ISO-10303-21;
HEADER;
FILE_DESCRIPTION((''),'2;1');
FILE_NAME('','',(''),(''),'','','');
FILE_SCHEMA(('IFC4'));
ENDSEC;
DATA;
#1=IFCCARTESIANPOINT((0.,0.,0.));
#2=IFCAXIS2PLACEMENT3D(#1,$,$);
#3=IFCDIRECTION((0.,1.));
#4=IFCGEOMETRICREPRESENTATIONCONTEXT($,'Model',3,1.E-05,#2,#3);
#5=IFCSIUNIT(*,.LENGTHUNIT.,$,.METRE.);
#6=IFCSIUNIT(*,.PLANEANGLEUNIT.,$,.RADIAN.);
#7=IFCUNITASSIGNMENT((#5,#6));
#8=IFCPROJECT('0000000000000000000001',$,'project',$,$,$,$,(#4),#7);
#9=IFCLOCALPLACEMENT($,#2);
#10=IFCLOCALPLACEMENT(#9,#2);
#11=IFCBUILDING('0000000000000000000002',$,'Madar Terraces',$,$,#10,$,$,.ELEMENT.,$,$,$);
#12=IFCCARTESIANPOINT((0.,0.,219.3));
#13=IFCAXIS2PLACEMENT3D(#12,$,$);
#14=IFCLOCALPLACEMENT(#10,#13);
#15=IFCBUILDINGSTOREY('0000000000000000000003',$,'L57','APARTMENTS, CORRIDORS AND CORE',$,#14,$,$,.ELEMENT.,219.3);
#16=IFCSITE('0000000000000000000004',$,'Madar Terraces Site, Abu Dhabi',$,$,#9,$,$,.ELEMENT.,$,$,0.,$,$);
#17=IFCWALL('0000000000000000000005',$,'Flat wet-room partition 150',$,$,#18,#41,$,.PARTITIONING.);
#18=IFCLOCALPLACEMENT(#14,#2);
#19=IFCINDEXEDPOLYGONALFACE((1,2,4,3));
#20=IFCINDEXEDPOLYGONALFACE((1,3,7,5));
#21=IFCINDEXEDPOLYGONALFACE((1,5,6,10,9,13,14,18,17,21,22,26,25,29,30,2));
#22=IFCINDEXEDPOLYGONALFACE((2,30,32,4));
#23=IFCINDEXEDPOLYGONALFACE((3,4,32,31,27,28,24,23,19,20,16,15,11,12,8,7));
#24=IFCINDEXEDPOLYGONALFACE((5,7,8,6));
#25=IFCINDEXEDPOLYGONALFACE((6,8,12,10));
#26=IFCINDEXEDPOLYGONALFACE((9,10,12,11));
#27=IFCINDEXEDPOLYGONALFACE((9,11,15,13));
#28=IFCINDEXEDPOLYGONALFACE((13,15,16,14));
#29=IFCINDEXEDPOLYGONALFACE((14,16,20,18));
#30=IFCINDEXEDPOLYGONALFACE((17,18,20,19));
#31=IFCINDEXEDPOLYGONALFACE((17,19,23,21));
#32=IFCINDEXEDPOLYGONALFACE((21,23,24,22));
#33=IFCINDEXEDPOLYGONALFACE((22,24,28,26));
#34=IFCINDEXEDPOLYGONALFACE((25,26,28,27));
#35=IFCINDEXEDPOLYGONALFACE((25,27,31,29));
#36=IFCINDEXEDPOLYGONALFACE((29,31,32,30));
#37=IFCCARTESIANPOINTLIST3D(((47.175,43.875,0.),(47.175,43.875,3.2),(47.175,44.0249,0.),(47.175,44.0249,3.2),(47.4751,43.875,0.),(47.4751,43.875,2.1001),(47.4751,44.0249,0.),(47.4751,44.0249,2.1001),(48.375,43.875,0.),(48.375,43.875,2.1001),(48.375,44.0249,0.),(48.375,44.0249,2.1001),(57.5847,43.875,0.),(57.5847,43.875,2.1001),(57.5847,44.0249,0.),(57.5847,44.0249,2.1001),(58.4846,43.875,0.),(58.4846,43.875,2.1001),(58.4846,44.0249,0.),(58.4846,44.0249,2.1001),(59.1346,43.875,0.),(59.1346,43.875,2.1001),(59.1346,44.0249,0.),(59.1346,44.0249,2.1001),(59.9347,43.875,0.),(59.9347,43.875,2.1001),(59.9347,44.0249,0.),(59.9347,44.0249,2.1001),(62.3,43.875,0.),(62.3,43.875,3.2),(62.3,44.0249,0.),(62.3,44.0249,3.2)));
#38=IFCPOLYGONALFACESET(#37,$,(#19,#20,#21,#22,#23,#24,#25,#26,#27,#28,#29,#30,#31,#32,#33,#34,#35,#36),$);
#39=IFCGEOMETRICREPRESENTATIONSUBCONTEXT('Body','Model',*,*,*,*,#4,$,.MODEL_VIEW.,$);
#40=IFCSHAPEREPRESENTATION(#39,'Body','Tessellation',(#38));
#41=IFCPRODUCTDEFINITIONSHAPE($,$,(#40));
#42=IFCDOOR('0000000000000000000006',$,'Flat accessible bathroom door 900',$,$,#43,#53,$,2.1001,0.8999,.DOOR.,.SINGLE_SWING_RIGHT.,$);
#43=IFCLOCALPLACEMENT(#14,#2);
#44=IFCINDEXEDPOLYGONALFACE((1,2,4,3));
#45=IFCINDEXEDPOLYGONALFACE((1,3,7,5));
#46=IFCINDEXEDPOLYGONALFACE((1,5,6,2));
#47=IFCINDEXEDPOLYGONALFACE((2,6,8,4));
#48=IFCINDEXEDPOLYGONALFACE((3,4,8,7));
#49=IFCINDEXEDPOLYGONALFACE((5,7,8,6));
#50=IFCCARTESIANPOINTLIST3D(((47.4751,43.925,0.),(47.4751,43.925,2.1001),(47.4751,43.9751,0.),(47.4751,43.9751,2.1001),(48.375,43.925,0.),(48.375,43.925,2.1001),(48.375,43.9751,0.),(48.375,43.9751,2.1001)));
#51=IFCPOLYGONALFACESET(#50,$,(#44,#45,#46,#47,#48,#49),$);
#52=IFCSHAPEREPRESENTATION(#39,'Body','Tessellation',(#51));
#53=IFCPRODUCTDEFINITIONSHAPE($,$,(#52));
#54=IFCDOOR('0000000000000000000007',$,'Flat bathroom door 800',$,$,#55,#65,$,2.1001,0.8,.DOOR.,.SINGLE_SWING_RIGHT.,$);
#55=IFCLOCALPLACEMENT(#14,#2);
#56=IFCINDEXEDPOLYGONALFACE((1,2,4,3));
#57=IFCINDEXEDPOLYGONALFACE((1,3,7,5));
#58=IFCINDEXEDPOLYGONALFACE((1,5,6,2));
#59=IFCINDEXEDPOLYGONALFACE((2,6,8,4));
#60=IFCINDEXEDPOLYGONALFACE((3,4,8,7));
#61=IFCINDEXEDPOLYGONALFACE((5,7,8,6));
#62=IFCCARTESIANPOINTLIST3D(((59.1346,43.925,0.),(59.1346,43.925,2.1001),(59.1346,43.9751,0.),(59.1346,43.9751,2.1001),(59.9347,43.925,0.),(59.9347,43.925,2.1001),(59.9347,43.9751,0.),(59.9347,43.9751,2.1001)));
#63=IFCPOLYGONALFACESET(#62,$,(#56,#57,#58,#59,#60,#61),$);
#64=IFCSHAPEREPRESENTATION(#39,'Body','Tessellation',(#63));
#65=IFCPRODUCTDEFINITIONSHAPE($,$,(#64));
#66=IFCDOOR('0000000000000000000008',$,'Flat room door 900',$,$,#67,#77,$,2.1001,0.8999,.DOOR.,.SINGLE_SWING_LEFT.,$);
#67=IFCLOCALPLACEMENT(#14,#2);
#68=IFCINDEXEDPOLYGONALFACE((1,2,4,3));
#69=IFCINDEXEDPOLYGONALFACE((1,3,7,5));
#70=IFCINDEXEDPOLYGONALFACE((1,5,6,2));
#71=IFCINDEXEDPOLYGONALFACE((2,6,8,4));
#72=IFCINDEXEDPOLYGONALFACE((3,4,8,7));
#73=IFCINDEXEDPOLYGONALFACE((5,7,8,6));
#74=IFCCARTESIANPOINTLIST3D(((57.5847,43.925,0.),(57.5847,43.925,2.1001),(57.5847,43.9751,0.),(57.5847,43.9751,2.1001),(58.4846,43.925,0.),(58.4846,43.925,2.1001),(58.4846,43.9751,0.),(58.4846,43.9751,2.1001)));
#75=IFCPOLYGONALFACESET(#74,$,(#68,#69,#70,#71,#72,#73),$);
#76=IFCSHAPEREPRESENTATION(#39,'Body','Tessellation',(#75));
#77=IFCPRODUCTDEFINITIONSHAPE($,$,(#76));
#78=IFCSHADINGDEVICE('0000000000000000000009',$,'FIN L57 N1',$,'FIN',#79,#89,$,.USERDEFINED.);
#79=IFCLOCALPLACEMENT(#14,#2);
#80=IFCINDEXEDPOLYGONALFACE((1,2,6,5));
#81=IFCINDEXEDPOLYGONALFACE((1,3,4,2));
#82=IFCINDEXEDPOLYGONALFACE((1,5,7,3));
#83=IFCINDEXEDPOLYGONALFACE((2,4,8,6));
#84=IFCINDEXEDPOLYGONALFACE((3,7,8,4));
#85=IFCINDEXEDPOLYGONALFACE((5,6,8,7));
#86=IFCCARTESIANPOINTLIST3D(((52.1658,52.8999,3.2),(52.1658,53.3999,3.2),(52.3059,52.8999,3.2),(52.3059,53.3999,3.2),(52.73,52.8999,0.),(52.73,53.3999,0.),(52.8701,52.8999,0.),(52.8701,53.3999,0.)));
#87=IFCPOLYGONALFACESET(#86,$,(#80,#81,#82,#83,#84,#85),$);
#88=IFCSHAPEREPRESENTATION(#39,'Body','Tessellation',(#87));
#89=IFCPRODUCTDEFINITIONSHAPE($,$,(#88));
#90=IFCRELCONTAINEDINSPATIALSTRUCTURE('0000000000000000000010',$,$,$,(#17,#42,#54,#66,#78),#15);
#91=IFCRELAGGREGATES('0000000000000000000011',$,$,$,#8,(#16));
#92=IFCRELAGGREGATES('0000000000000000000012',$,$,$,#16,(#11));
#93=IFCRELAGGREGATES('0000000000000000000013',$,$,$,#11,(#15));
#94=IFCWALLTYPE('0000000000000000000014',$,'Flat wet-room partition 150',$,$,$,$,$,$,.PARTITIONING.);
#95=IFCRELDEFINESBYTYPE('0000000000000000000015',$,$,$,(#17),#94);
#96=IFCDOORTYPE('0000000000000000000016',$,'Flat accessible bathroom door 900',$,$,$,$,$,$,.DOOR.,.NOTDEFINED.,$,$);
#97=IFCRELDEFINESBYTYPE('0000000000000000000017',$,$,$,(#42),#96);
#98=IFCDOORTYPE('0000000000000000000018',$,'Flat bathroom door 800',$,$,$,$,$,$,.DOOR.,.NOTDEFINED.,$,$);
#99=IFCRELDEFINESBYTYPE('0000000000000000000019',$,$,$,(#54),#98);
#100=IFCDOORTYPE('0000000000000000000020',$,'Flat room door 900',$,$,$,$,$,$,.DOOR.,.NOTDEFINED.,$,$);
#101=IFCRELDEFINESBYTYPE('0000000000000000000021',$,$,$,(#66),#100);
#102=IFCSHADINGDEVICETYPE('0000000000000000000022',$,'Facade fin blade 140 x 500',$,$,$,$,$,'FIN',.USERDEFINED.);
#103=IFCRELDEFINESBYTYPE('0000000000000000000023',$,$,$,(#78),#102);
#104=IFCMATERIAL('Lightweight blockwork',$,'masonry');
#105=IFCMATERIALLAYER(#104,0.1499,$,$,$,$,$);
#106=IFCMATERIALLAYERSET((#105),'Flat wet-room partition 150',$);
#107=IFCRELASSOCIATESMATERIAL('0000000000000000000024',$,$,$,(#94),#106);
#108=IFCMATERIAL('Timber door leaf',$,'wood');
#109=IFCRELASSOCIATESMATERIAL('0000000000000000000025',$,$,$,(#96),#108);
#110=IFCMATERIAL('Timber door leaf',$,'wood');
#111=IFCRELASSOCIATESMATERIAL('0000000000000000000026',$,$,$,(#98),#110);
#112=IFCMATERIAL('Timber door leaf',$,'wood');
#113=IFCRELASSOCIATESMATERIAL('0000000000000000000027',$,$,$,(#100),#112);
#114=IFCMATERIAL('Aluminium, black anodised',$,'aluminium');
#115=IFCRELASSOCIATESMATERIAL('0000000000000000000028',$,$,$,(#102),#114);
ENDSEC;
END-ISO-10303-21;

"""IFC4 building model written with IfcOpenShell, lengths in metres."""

from ifc_helpers import new_model, si_unit, direction, frame, frame_2d, origin, place, context, subcontext, project, spatial, polyline, rectangle, outline, extrude, material, layer, layer_set, type_object, element, fill, save


model = new_model("IFC4")

# Units and contexts
model_context = context("Model", 3, precision=1e-05, world=origin(), true_north=direction((0.0, 1.0)))
body_context = subcontext(model_context, "Body", "Model", "MODEL_VIEW")
ifc_project = project(units=[si_unit("LENGTHUNIT", "METRE"), si_unit("PLANEANGLEUNIT", "RADIAN")], contexts=[model_context])

# Site, building, storey
site_placement = place(None, origin())
site = spatial("IfcSite", under=ifc_project, at=site_placement, Name="Madar Terraces Site, Abu Dhabi", CompositionType="ELEMENT", RefElevation=0.0)
building_placement = place(site_placement, origin())
building = spatial("IfcBuilding", under=site, at=building_placement, Name="Madar Terraces", CompositionType="ELEMENT")
storey_placement = place(building_placement, frame((0.0, 0.0, 219.3)))
storey = spatial("IfcBuildingStorey", under=building, at=storey_placement, Name="L57", Description="APARTMENTS, CORRIDORS AND CORE", CompositionType="ELEMENT", Elevation=219.3)

# Wall, openings, doors
ifc_material_1 = material(Name="Lightweight blockwork", Category="masonry")
ifc_layer_1 = layer(ifc_material_1, 0.1499)
ifc_layer_set_1 = layer_set([ifc_layer_1], Name="Flat wet-room partition 150")
wall_type_1 = type_object("IfcWallType", Name="Flat wet-room partition 150", PredefinedType="PARTITIONING", material=ifc_layer_set_1)
wall_1_placement = place(storey_placement, frame((62.3, 43.95, 0.0), z_axis=(0.0, 0.0, 1.0), x_axis=(-1.0, 0.0, 0.0)))
wall_1 = element("IfcWall", 1, at=wall_1_placement, inside=storey, type_object=wall_type_1, Name="Flat wet-room partition 150", PredefinedType="PARTITIONING", context=body_context, shape_type="SweptSolid", body=[
    extrude(rectangle(XDim=15.125, YDim=0.1499, at=frame_2d((7.5625, 0.0))), origin(), (0.0, 0.0, 1.0), 3.2),
])
opening_1_placement = place(wall_1_placement, frame((13.925, 0.0, 0.0)))
opening_1 = element("IfcOpeningElement", 2, at=opening_1_placement, cuts=wall_1, PredefinedType="OPENING", context=body_context, shape_type="SweptSolid", body=[
    extrude(rectangle(XDim=0.8999, YDim=2.1001, at=frame_2d((0.45, 1.05))), frame((0.0, 0.085, 0.0), z_axis=(0.0, -1.0, 0.0), x_axis=(1.0, 0.0, 0.0)), (0.0, 0.0, 1.0), 0.1699),
])
opening_2_placement = place(wall_1_placement, frame((3.8154, 0.0, 0.0)))
opening_2 = element("IfcOpeningElement", 3, at=opening_2_placement, cuts=wall_1, PredefinedType="OPENING", context=body_context, shape_type="SweptSolid", body=[
    extrude(rectangle(XDim=0.8999, YDim=2.1001, at=frame_2d((0.45, 1.05))), frame((0.0, 0.085, 0.0), z_axis=(0.0, -1.0, 0.0), x_axis=(1.0, 0.0, 0.0)), (0.0, 0.0, 1.0), 0.1699),
])
opening_3_placement = place(wall_1_placement, frame((2.3655, 0.0, 0.0)))
opening_3 = element("IfcOpeningElement", 4, at=opening_3_placement, cuts=wall_1, PredefinedType="OPENING", context=body_context, shape_type="SweptSolid", body=[
    extrude(rectangle(XDim=0.8, YDim=2.1001, at=frame_2d((0.3999, 1.05))), frame((0.0, 0.085, 0.0), z_axis=(0.0, -1.0, 0.0), x_axis=(1.0, 0.0, 0.0)), (0.0, 0.0, 1.0), 0.1699),
])
ifc_material_2 = material(Name="Timber door leaf", Category="wood")
door_type_1 = type_object("IfcDoorType", Name="Flat accessible bathroom door 900", OperationType="NOTDEFINED", PredefinedType="DOOR", material=ifc_material_2)
door_1_placement = place(opening_1_placement, origin())
door_1 = element("IfcDoor", 5, at=door_1_placement, inside=storey, type_object=door_type_1, Name="Flat accessible bathroom door 900", OperationType="SINGLE_SWING_RIGHT", OverallHeight=2.1001, OverallWidth=0.8999, PredefinedType="DOOR", context=body_context, shape_type="SweptSolid", body=[
    extrude(rectangle(XDim=0.8999, YDim=2.1001, at=frame_2d((0.45, 1.05))), frame((0.0, 0.0249, 0.0), z_axis=(0.0, -1.0, 0.0), x_axis=(1.0, 0.0, 0.0)), (0.0, 0.0, 1.0), 0.05),
])
fill(opening_1, door_1)
ifc_material_3 = material(Name="Timber door leaf", Category="wood")
door_type_2 = type_object("IfcDoorType", Name="Flat bathroom door 800", OperationType="NOTDEFINED", PredefinedType="DOOR", material=ifc_material_3)
door_2_placement = place(opening_3_placement, origin())
door_2 = element("IfcDoor", 6, at=door_2_placement, inside=storey, type_object=door_type_2, Name="Flat bathroom door 800", OperationType="SINGLE_SWING_RIGHT", OverallHeight=2.1001, OverallWidth=0.8, PredefinedType="DOOR", context=body_context, shape_type="SweptSolid", body=[
    extrude(rectangle(XDim=0.8, YDim=2.1001, at=frame_2d((0.3999, 1.05))), frame((0.0, 0.0249, 0.0), z_axis=(0.0, -1.0, 0.0), x_axis=(1.0, 0.0, 0.0)), (0.0, 0.0, 1.0), 0.05),
])
fill(opening_3, door_2)
ifc_material_4 = material(Name="Timber door leaf", Category="wood")
door_type_3 = type_object("IfcDoorType", Name="Flat room door 900", OperationType="NOTDEFINED", PredefinedType="DOOR", material=ifc_material_4)
door_3_placement = place(opening_2_placement, origin())
door_3 = element("IfcDoor", 7, at=door_3_placement, inside=storey, type_object=door_type_3, Name="Flat room door 900", OperationType="SINGLE_SWING_LEFT", OverallHeight=2.1001, OverallWidth=0.8999, PredefinedType="DOOR", context=body_context, shape_type="SweptSolid", body=[
    extrude(rectangle(XDim=0.8999, YDim=2.1001, at=frame_2d((0.45, 1.05))), frame((0.0, 0.0249, 0.0), z_axis=(0.0, -1.0, 0.0), x_axis=(1.0, 0.0, 0.0)), (0.0, 0.0, 1.0), 0.05),
])
fill(opening_2, door_3)

# Shading device
ifc_material_5 = material(Name="Aluminium, black anodised", Category="aluminium")
shading_device_type = type_object("IfcShadingDeviceType", Name="Facade fin blade 140 x 500", ElementType="FIN", PredefinedType="USERDEFINED", material=ifc_material_5)
shading_device_placement = place(storey_placement, frame((52.8701, 53.1499, 0.0), z_axis=(0.0, 0.0, 1.0), x_axis=(-1.0, 0.0, 0.0)))
element("IfcShadingDevice", 8, at=shading_device_placement, inside=storey, type_object=shading_device_type, Name="FIN L57 N1", ObjectType="FIN", PredefinedType="USERDEFINED", context=body_context, shape_type="SweptSolid", body=[
    extrude(outline(polyline([(0.0, 0.0), (0.1401, 0.0), (0.7043, 3.2), (0.5642, 3.2), (0.0, 0.0)])), frame((0.0, 0.25, 0.0), z_axis=(0.0, -1.0, 0.0), x_axis=(1.0, 0.0, 0.0)), (0.0, 0.0, 1.0), 0.5),
])

save(model, "model.ifc")
